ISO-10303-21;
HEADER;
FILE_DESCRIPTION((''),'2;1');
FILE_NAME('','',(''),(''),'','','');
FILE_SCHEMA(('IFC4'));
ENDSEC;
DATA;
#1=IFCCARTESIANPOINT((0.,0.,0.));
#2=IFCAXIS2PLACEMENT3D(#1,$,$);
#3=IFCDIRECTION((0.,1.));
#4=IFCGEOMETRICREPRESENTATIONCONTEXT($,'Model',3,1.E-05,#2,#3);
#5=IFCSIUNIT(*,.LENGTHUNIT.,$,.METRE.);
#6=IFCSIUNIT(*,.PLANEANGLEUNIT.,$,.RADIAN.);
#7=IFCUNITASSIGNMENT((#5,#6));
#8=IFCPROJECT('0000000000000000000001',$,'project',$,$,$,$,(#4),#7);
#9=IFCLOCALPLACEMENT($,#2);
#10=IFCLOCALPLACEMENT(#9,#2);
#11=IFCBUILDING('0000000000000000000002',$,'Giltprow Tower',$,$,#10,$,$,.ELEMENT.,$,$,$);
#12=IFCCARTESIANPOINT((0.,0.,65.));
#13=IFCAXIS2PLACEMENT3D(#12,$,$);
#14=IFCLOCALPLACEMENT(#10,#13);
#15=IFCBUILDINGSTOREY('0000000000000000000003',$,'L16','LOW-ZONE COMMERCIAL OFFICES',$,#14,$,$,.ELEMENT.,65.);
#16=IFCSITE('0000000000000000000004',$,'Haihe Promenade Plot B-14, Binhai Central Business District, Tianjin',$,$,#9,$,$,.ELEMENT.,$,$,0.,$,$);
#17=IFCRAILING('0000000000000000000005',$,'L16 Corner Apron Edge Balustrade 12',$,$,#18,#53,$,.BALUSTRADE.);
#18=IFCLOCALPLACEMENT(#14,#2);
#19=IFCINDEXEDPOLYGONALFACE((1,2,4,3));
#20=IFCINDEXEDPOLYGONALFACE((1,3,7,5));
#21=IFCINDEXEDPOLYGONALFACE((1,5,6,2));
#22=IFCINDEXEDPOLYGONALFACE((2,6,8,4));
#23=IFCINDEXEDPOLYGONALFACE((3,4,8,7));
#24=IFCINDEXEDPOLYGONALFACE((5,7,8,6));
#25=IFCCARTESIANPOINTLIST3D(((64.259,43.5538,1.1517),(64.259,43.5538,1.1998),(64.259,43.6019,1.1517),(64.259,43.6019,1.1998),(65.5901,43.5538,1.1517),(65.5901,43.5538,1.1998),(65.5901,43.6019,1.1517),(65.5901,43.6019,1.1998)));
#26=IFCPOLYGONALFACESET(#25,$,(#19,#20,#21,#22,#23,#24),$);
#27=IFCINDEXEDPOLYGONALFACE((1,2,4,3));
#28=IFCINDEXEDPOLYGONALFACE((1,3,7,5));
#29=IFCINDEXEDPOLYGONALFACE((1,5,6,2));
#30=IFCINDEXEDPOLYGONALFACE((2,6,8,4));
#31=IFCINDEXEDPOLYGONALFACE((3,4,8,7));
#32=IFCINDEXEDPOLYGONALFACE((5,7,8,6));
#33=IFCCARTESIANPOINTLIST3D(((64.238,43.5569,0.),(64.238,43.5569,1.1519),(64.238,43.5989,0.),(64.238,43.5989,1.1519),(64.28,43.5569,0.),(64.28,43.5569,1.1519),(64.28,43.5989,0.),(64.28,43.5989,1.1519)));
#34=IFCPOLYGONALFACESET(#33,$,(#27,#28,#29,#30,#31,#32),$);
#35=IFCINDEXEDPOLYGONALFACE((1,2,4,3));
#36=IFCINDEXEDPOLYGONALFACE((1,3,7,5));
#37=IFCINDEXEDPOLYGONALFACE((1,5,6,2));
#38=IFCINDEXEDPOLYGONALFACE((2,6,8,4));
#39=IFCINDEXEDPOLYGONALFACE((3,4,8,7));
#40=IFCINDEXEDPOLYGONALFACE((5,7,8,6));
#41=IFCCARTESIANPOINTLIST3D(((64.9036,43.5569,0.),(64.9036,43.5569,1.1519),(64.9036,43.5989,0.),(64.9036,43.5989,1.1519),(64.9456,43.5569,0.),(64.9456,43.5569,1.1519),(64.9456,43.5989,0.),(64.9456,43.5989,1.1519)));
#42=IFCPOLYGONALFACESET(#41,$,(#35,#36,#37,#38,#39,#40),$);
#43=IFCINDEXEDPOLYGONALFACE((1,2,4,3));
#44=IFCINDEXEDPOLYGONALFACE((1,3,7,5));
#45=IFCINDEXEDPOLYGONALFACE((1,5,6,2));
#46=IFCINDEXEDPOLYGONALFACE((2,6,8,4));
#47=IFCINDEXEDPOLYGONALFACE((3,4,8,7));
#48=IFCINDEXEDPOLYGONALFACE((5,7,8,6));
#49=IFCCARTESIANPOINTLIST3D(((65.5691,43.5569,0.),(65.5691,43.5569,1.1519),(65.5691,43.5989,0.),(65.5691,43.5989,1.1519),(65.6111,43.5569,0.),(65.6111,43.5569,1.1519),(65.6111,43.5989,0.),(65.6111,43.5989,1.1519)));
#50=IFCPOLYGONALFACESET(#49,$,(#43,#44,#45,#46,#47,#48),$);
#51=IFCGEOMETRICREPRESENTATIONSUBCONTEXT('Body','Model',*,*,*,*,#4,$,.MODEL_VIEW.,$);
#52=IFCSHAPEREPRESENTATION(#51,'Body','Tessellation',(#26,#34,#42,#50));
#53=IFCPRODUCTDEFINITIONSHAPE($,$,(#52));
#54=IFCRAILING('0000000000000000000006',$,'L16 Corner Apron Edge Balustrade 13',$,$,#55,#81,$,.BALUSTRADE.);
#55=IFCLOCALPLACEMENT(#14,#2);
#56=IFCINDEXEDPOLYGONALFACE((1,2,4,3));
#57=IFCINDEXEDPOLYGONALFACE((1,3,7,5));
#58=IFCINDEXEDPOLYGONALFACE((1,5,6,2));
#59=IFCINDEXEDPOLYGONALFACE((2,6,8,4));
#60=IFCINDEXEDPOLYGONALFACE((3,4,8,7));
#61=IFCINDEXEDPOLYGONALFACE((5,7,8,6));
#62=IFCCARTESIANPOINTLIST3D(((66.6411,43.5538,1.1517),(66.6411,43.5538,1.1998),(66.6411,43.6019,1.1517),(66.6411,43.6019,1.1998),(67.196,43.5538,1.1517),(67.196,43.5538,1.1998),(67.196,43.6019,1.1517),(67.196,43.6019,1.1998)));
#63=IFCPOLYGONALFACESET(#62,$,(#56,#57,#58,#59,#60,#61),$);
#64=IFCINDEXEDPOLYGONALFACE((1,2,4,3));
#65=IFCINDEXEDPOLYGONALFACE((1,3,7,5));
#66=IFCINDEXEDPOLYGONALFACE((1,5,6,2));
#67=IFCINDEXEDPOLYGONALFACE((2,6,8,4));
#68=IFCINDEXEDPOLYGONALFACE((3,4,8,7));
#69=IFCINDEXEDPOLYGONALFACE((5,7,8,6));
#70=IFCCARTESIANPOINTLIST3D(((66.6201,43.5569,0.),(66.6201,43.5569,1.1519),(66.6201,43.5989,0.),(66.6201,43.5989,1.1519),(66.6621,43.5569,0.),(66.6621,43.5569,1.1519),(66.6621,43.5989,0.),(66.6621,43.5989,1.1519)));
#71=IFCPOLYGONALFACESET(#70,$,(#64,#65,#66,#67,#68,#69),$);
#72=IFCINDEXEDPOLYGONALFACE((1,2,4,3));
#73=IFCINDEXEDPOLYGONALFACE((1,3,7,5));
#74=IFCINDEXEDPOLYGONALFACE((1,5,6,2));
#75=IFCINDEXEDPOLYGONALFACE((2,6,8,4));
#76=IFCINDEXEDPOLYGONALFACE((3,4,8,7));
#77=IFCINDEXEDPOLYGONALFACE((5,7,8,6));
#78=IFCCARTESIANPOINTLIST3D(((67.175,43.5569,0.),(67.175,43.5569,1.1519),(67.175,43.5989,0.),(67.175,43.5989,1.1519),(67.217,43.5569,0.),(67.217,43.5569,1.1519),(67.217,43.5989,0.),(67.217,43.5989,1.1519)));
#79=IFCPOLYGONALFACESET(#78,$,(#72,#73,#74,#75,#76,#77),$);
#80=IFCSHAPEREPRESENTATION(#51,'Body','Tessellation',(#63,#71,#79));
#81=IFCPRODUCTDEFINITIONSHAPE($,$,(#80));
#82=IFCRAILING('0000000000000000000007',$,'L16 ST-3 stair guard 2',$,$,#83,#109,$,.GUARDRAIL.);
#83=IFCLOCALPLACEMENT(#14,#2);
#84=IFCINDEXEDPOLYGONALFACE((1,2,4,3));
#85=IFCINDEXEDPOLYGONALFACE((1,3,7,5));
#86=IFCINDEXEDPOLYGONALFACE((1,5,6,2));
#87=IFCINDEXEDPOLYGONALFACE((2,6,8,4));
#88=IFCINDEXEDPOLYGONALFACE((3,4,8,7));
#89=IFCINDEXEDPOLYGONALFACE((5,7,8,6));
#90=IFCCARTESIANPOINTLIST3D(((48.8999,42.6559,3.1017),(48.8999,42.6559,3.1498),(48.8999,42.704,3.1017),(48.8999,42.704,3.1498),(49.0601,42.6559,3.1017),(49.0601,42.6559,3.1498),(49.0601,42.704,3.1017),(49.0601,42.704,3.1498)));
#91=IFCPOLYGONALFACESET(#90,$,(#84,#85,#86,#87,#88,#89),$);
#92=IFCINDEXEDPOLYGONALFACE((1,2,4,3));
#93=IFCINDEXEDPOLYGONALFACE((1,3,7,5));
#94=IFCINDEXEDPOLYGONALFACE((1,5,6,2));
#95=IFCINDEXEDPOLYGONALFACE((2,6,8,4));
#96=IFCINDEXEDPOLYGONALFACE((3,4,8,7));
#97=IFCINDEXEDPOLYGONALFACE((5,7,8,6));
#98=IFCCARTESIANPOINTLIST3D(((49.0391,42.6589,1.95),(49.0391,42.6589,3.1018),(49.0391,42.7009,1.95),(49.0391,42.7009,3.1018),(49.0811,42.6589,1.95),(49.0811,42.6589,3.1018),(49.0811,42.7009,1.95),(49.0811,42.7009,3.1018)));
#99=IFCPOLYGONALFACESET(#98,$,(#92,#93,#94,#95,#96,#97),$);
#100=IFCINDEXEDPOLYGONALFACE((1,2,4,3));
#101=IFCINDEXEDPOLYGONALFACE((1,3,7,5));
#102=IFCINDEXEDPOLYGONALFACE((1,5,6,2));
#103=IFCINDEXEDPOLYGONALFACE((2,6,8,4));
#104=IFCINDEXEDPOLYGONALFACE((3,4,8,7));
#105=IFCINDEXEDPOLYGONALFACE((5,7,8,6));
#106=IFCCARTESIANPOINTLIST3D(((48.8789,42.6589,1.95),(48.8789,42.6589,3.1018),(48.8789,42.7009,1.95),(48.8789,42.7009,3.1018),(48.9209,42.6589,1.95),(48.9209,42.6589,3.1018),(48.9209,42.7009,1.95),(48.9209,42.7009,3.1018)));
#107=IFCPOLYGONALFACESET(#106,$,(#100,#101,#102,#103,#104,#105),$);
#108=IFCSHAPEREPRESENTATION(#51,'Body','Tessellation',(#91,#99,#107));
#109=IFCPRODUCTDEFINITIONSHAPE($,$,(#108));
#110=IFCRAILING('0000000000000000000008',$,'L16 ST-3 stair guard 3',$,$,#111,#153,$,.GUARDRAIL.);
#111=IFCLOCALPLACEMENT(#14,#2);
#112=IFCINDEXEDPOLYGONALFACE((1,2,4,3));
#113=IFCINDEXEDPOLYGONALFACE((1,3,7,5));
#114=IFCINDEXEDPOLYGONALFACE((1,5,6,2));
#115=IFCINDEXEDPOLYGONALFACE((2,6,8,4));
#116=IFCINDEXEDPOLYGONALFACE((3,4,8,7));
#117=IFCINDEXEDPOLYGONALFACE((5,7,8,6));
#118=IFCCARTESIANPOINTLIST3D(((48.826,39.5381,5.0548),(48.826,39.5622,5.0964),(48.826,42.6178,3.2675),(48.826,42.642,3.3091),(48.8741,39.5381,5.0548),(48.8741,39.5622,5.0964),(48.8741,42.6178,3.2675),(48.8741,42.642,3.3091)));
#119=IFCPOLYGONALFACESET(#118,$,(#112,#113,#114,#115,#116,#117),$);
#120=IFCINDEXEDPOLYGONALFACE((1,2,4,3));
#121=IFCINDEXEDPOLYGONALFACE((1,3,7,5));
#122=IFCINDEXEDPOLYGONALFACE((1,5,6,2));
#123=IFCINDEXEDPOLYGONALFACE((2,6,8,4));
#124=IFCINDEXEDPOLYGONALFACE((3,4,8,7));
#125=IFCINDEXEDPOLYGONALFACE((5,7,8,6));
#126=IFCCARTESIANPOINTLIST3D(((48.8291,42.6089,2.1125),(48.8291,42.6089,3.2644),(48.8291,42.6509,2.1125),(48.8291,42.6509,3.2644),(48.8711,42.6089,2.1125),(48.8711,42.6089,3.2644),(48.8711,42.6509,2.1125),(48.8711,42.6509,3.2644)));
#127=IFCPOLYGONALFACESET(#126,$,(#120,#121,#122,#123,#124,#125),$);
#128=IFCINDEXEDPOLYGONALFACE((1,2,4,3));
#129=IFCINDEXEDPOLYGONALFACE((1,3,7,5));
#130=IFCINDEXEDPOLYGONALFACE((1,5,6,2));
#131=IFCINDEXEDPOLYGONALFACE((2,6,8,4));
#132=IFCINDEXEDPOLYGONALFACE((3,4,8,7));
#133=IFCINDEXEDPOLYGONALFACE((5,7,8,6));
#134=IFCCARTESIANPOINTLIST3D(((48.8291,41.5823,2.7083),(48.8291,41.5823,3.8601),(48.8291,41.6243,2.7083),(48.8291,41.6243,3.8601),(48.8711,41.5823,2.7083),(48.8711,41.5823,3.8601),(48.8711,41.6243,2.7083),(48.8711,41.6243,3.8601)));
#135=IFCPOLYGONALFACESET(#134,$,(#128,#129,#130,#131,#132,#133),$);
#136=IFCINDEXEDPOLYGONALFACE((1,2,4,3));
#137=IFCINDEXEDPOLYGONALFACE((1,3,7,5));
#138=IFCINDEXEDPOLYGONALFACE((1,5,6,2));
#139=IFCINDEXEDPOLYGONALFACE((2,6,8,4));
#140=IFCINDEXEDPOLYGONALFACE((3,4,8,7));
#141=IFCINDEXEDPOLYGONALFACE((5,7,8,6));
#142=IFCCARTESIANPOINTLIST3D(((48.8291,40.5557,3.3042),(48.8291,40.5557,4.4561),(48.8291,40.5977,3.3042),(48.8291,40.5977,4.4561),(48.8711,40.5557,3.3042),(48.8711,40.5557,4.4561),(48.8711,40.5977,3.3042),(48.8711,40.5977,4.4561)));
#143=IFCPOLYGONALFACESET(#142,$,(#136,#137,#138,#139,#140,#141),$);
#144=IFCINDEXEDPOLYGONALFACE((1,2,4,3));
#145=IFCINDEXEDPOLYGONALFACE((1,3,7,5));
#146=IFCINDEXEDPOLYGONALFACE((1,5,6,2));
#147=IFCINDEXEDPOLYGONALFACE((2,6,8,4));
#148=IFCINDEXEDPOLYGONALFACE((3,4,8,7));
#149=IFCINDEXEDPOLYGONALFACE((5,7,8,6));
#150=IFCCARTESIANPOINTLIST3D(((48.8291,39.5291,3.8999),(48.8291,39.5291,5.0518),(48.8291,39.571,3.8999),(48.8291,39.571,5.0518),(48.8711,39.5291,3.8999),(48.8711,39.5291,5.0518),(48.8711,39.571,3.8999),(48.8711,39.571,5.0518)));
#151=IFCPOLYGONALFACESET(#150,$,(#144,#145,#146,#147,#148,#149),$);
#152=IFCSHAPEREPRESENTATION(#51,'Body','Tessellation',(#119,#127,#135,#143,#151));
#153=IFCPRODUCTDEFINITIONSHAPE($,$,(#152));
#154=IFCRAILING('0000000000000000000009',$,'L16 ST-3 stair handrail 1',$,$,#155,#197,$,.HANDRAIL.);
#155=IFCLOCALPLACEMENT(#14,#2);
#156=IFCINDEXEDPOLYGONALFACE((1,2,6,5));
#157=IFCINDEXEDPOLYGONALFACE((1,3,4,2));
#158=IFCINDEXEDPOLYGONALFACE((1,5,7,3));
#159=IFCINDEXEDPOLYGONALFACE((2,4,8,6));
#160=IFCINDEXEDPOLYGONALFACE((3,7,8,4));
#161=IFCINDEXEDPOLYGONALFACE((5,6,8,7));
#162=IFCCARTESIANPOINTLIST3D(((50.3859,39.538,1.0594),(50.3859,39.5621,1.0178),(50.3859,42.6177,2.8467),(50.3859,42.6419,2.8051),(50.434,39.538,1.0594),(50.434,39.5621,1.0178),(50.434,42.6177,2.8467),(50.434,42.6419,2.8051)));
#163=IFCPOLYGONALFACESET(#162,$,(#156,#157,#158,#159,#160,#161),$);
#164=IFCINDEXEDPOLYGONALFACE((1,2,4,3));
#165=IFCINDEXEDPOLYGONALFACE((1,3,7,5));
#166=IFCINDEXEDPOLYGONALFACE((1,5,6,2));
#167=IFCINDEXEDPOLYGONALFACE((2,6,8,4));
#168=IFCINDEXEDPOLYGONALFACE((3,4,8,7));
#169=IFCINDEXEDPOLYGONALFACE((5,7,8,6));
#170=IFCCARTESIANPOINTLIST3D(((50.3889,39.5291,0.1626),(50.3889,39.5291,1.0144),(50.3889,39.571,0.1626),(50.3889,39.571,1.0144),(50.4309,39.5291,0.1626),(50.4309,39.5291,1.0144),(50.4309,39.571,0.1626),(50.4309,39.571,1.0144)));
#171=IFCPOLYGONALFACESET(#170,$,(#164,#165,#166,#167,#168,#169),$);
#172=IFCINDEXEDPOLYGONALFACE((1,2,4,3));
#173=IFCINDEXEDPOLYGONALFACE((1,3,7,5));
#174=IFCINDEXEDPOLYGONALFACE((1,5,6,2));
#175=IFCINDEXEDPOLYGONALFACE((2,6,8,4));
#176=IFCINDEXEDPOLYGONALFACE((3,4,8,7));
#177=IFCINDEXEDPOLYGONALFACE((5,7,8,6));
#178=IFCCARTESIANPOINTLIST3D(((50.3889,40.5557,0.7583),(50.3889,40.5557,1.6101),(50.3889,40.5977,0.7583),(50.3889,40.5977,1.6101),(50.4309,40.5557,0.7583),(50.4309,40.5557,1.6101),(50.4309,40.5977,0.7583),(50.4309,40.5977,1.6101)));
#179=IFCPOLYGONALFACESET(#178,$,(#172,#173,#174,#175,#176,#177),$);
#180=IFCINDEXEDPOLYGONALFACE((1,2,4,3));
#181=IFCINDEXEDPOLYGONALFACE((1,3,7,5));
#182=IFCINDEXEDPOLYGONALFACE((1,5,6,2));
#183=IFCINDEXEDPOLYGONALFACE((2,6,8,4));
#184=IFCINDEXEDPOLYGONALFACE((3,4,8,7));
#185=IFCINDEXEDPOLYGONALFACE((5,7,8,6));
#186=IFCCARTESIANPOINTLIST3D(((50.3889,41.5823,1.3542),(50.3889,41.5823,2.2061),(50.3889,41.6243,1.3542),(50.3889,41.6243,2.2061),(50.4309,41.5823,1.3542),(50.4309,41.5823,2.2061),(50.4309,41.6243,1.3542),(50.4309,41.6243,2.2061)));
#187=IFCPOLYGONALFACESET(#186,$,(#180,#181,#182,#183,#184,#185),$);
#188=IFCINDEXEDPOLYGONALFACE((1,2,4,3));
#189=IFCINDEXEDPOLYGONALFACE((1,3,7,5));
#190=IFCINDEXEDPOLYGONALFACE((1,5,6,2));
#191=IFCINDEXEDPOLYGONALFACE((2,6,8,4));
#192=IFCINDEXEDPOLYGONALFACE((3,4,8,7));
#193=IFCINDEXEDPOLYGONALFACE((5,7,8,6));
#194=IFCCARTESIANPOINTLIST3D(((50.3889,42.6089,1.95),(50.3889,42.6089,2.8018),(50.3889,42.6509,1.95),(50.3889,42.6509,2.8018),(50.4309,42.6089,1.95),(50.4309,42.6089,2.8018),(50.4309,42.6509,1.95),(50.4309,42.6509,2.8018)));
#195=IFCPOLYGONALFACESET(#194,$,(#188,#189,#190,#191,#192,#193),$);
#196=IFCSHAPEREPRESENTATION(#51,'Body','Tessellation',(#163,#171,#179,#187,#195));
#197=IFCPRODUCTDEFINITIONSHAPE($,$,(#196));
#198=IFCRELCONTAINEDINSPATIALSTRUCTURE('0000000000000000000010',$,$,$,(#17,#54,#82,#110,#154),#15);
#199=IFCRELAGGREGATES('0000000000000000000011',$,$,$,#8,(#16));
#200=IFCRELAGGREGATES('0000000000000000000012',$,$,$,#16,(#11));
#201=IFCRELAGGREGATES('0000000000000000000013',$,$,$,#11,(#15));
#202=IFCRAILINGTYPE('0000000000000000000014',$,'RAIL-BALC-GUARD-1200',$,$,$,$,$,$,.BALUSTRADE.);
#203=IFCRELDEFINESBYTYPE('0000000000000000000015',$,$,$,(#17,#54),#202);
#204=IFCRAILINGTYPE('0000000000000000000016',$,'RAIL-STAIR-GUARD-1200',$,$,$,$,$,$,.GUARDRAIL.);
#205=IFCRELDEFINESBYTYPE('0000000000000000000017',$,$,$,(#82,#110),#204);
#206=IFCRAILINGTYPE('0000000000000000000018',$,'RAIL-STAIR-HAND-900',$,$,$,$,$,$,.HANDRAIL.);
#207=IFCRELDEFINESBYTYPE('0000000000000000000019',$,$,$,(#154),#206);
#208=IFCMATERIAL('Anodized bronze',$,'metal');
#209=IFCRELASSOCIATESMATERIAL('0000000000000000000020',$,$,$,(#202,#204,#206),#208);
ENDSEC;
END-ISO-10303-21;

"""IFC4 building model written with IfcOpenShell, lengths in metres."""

from ifc_helpers import new_model, si_unit, direction, frame, origin, origin_2d, place, context, subcontext, project, spatial, rectangle, extrude, material, type_object, element, save


model = new_model("IFC4")

# Units and contexts
model_context = context("Model", 3, precision=1e-05, world=origin(), true_north=direction((0.0, 1.0)))
body_context = subcontext(model_context, "Body", "Model", "MODEL_VIEW")
ifc_project = project(units=[si_unit("LENGTHUNIT", "METRE"), si_unit("PLANEANGLEUNIT", "RADIAN")], contexts=[model_context])

# Site, building, storey
site_placement = place(None, origin())
site = spatial("IfcSite", under=ifc_project, at=site_placement, Name="Haihe Promenade Plot B-14, Binhai Central Business District, Tianjin", CompositionType="ELEMENT", RefElevation=0.0)
building_placement = place(site_placement, origin())
building = spatial("IfcBuilding", under=site, at=building_placement, Name="Giltprow Tower", CompositionType="ELEMENT")
storey_placement = place(building_placement, frame((0.0, 0.0, 65.0)))
storey = spatial("IfcBuildingStorey", under=building, at=storey_placement, Name="L16", Description="LOW-ZONE COMMERCIAL OFFICES", CompositionType="ELEMENT", Elevation=65.0)

# Railings
ifc_material_1 = material(Name="Anodized bronze", Category="metal")
railing_type_1 = type_object("IfcRailingType", Name="RAIL-BALC-GUARD-1200", PredefinedType="BALUSTRADE", material=ifc_material_1)
railing_1_placement = place(storey_placement, frame((64.259, 43.5779, 0.0)))
element("IfcRailing", 1, at=railing_1_placement, inside=storey, type_object=railing_type_1, Name="L16 Corner Apron Edge Balustrade 12", PredefinedType="BALUSTRADE", context=body_context, shape_type="SweptSolid", body=[
    extrude(rectangle(XDim=0.0481, YDim=0.0481, at=origin_2d()), frame((0.0, 0.0, 1.1758), z_axis=(1.0, 0.0, 0.0), x_axis=(0.0, 1.0, 0.0)), (0.0, 0.0, 1.0), 1.3311),
    extrude(rectangle(XDim=0.042, YDim=0.042, at=origin_2d()), origin(), (0.0, 0.0, 1.0), 1.1519),
    extrude(rectangle(XDim=0.042, YDim=0.042, at=origin_2d()), frame((0.6655, 0.0, 0.0)), (0.0, 0.0, 1.0), 1.1519),
    extrude(rectangle(XDim=0.042, YDim=0.042, at=origin_2d()), frame((1.3311, 0.0, 0.0)), (0.0, 0.0, 1.0), 1.1519),
])
railing_2_placement = place(storey_placement, frame((66.6411, 43.5779, 0.0)))
element("IfcRailing", 2, at=railing_2_placement, inside=storey, type_object=railing_type_1, Name="L16 Corner Apron Edge Balustrade 13", PredefinedType="BALUSTRADE", context=body_context, shape_type="SweptSolid", body=[
    extrude(rectangle(XDim=0.0481, YDim=0.0481, at=origin_2d()), frame((0.0, 0.0, 1.1758), z_axis=(1.0, 0.0, 0.0), x_axis=(0.0, 1.0, 0.0)), (0.0, 0.0, 1.0), 0.5549),
    extrude(rectangle(XDim=0.042, YDim=0.042, at=origin_2d()), origin(), (0.0, 0.0, 1.0), 1.1519),
    extrude(rectangle(XDim=0.042, YDim=0.042, at=origin_2d()), frame((0.5549, 0.0, 0.0)), (0.0, 0.0, 1.0), 1.1519),
])
railing_type_2 = type_object("IfcRailingType", Name="RAIL-STAIR-GUARD-1200", PredefinedType="GUARDRAIL", material=ifc_material_1)
railing_3_placement = place(storey_placement, frame((49.0601, 42.6799, 1.95)))
element("IfcRailing", 3, at=railing_3_placement, inside=storey, type_object=railing_type_2, Name="L16 ST-3 stair guard 2", PredefinedType="GUARDRAIL", context=body_context, shape_type="SweptSolid", body=[
    extrude(rectangle(XDim=0.0481, YDim=0.0481, at=origin_2d()), frame((0.0, 0.0, 1.1758), z_axis=(-1.0, 0.0, 0.0), x_axis=(0.0, -1.0, 0.0)), (0.0, 0.0, 1.0), 0.1602),
    extrude(rectangle(XDim=0.042, YDim=0.042, at=origin_2d()), origin(), (0.0, 0.0, 1.0), 1.1519),
    extrude(rectangle(XDim=0.042, YDim=0.042, at=origin_2d()), frame((-0.1602, 0.0, 0.0)), (0.0, 0.0, 1.0), 1.1519),
])
railing_4_placement = place(storey_placement, frame((48.8501, 42.6299, 2.1125)))
element("IfcRailing", 4, at=railing_4_placement, inside=storey, type_object=railing_type_2, Name="L16 ST-3 stair guard 3", PredefinedType="GUARDRAIL", context=body_context, shape_type="SweptSolid", body=[
    extrude(rectangle(XDim=0.0481, YDim=0.0481, at=origin_2d()), frame((0.0, 0.0, 1.1758), z_axis=(0.0, -0.864903, 0.501939), x_axis=(1.0, 0.0, 0.0)), (0.0, 0.0, 1.0), 3.5608),
    extrude(rectangle(XDim=0.042, YDim=0.042, at=origin_2d()), origin(), (0.0, 0.0, 1.0), 1.1519),
    extrude(rectangle(XDim=0.042, YDim=0.042, at=origin_2d()), frame((0.0, -1.0266, 0.5957)), (0.0, 0.0, 1.0), 1.1519),
    extrude(rectangle(XDim=0.042, YDim=0.042, at=origin_2d()), frame((0.0, -2.0532, 1.1917)), (0.0, 0.0, 1.0), 1.1519),
    extrude(rectangle(XDim=0.042, YDim=0.042, at=origin_2d()), frame((0.0, -3.0798, 1.7874)), (0.0, 0.0, 1.0), 1.1519),
])
railing_type_3 = type_object("IfcRailingType", Name="RAIL-STAIR-HAND-900", PredefinedType="HANDRAIL", material=ifc_material_1)
railing_5_placement = place(storey_placement, frame((50.4099, 39.55, 0.1626)))
element("IfcRailing", 5, at=railing_5_placement, inside=storey, type_object=railing_type_3, Name="L16 ST-3 stair handrail 1", PredefinedType="HANDRAIL", context=body_context, shape_type="SweptSolid", body=[
    extrude(rectangle(XDim=0.0481, YDim=0.0481, at=origin_2d()), frame((0.0, 0.0, 0.876), z_axis=(0.0, 0.864903, 0.501939), x_axis=(-1.0, 0.0, 0.0)), (0.0, 0.0, 1.0), 3.5608),
    extrude(rectangle(XDim=0.042, YDim=0.042, at=origin_2d()), origin(), (0.0, 0.0, 1.0), 0.8518),
    extrude(rectangle(XDim=0.042, YDim=0.042, at=origin_2d()), frame((0.0, 1.0266, 0.5957)), (0.0, 0.0, 1.0), 0.8518),
    extrude(rectangle(XDim=0.042, YDim=0.042, at=origin_2d()), frame((0.0, 2.0532, 1.1917)), (0.0, 0.0, 1.0), 0.8518),
    extrude(rectangle(XDim=0.042, YDim=0.042, at=origin_2d()), frame((0.0, 3.0798, 1.7874)), (0.0, 0.0, 1.0), 0.8518),
])

save(model, "model.ifc")
